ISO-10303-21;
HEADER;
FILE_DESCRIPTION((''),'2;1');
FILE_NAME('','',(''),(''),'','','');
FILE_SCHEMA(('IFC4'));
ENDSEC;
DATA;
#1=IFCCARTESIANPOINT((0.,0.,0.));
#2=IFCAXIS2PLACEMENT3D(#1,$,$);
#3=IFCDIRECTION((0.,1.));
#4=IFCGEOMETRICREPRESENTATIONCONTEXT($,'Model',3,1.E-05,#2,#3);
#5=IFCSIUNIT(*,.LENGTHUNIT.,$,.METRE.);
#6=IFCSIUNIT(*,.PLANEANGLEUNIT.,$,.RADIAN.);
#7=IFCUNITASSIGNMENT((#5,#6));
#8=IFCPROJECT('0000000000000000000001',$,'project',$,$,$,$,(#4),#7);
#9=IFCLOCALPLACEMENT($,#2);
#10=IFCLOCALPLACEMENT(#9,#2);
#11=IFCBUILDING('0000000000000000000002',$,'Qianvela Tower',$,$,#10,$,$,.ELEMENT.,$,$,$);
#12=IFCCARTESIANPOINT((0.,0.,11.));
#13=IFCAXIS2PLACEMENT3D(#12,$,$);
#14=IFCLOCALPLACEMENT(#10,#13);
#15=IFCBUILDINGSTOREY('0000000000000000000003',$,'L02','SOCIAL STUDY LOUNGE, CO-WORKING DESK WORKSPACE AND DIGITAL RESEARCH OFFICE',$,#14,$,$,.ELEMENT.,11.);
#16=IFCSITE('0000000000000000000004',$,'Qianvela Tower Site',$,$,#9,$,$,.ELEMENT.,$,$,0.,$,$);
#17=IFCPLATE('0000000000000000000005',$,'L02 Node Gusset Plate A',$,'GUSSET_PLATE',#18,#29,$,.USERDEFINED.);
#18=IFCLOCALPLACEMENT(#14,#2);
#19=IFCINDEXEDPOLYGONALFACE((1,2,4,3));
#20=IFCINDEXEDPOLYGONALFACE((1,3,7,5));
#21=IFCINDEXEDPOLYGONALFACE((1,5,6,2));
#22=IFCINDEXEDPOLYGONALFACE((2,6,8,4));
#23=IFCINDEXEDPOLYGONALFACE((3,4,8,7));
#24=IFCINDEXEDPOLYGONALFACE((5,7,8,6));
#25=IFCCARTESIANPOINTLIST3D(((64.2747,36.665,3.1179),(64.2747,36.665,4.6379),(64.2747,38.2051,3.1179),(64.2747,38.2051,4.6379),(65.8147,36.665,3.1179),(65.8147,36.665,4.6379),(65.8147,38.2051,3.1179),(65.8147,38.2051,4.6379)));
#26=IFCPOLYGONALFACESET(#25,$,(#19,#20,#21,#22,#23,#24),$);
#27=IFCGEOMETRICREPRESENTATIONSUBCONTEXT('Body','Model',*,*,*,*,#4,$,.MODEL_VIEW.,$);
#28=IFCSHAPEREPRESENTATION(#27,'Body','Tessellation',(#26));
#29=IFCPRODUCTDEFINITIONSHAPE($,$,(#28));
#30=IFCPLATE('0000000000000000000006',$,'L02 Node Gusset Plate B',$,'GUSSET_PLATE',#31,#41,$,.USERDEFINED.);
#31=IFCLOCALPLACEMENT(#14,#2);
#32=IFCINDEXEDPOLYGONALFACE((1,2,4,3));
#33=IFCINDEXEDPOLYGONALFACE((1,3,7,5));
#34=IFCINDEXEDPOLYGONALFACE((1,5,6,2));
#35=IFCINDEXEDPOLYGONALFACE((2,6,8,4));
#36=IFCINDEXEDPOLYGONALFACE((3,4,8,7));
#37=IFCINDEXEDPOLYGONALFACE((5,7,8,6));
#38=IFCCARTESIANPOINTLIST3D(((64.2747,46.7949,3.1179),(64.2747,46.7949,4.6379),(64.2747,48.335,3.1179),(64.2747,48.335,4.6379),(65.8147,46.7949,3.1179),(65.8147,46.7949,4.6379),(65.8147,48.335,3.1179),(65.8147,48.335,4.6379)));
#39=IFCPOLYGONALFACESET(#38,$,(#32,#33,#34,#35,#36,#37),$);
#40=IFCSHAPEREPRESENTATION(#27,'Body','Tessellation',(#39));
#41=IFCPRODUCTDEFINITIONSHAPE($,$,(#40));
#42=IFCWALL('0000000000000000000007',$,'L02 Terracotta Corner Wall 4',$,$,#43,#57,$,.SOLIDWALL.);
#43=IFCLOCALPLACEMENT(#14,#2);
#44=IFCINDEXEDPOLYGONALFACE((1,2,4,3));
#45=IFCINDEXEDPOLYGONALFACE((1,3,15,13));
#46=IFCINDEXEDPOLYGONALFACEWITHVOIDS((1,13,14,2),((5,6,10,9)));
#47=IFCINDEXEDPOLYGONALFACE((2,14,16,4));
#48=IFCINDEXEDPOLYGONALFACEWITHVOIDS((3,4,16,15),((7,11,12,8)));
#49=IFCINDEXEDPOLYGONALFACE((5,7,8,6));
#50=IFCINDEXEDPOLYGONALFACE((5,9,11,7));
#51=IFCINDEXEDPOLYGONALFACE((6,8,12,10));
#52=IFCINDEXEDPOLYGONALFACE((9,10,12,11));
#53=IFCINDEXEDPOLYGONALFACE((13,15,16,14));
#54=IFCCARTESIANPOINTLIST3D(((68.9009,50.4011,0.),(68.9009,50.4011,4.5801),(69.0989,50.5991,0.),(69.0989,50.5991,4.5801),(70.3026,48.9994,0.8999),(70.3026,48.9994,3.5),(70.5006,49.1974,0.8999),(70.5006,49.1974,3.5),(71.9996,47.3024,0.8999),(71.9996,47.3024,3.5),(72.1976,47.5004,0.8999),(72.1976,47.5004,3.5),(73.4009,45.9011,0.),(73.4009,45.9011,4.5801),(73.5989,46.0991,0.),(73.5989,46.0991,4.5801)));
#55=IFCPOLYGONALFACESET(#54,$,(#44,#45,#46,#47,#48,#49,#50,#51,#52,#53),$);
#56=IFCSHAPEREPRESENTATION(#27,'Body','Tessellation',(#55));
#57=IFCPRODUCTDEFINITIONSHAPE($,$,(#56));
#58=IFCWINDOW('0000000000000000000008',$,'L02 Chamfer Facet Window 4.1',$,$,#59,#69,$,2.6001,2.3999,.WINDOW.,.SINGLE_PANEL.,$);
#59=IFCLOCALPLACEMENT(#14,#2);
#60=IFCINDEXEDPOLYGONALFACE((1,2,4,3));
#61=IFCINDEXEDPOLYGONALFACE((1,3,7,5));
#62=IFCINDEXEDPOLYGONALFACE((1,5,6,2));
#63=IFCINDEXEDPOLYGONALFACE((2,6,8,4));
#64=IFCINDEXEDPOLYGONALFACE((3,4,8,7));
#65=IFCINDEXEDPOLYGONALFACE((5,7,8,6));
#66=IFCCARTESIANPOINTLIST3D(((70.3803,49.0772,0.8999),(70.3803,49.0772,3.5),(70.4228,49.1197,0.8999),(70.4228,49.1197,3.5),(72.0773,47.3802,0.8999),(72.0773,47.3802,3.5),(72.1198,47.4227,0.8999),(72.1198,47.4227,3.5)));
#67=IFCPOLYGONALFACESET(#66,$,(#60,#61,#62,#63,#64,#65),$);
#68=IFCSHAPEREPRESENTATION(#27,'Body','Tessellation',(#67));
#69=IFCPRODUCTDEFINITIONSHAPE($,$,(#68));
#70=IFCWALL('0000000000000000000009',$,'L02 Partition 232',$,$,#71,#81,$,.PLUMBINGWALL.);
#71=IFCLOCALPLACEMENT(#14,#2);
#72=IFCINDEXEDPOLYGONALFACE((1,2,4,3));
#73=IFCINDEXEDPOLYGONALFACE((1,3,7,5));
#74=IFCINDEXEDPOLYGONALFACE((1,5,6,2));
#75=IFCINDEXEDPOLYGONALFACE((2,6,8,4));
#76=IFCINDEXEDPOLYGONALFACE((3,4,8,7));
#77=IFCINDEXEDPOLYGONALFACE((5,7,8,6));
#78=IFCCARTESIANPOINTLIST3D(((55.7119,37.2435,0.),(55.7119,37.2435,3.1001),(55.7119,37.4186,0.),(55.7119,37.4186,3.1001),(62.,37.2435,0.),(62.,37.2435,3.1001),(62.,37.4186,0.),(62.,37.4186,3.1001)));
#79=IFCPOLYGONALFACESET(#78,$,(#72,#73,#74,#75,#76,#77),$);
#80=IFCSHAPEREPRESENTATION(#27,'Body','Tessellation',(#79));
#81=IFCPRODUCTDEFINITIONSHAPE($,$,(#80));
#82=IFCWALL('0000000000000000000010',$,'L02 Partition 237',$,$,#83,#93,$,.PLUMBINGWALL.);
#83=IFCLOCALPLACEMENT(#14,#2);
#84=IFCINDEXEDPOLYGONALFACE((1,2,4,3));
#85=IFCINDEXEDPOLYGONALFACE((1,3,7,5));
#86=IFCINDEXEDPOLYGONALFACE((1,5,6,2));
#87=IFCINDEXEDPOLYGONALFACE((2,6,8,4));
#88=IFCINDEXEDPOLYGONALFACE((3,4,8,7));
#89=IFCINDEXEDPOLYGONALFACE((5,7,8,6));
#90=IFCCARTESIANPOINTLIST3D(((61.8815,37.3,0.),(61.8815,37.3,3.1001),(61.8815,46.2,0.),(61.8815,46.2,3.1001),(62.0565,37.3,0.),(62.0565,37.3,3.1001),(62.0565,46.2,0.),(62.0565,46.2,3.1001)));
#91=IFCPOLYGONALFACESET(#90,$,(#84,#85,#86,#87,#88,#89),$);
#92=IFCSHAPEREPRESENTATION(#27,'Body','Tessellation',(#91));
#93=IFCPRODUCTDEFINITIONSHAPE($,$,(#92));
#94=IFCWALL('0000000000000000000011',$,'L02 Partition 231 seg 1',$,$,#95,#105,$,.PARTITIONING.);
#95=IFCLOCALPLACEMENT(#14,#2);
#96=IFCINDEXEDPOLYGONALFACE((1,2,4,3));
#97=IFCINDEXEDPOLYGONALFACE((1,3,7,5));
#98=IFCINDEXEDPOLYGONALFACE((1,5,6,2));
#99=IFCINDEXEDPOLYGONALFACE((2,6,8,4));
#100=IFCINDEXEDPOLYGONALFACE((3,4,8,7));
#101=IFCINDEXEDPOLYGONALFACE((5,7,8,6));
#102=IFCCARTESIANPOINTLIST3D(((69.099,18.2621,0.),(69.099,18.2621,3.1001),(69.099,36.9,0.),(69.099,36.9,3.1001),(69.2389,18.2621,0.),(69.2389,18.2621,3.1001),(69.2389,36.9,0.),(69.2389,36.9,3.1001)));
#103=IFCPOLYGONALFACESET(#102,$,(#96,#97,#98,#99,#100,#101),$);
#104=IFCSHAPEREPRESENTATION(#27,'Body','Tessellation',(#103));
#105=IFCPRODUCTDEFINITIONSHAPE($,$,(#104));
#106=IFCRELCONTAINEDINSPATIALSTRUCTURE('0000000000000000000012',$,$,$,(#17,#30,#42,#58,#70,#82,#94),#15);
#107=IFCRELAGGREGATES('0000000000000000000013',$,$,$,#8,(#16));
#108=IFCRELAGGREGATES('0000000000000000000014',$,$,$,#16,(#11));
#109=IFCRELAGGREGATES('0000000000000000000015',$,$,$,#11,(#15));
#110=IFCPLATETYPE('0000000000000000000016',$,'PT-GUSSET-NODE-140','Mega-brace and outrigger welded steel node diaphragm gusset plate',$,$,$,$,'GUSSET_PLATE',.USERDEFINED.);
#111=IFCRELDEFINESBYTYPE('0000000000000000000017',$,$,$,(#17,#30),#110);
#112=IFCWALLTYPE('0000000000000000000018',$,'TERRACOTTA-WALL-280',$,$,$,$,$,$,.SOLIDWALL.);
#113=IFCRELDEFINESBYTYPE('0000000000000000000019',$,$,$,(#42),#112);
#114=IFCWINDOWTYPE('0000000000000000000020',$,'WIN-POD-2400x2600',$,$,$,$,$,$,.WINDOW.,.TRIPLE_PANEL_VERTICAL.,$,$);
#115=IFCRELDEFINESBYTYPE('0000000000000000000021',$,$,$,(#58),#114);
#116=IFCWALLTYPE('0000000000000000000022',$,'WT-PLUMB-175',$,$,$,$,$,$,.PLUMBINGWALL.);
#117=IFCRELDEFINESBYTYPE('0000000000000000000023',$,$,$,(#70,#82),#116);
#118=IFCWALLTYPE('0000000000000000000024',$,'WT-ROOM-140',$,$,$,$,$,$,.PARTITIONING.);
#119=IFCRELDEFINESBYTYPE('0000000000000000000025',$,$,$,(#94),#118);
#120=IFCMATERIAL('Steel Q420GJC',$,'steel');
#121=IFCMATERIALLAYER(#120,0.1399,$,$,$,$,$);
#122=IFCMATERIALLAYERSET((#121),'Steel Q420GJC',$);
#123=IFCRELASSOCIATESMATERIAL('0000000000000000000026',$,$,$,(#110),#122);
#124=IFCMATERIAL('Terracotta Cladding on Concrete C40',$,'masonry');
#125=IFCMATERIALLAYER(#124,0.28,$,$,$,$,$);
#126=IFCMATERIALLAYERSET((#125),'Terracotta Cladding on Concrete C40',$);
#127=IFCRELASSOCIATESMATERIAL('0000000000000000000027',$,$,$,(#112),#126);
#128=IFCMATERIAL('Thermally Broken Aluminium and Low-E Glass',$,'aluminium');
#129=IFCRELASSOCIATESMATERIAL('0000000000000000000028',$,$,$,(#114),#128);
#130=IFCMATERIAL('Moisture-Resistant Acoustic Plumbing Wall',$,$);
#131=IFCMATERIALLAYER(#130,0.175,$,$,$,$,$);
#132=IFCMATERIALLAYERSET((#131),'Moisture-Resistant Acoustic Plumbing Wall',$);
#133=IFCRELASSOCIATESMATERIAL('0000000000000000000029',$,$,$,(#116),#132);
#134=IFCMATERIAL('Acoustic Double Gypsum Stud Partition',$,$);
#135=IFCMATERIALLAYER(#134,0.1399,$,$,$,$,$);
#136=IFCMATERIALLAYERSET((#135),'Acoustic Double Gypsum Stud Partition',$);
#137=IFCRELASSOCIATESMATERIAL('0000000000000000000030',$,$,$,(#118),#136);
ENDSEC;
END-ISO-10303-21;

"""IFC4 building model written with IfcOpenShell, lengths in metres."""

from ifc_helpers import new_model, si_unit, direction, frame, frame_2d, origin, origin_2d, place, context, subcontext, project, spatial, rectangle, extrude, material, layer, layer_set, type_object, element, fill, save


model = new_model("IFC4")

# Units and contexts
model_context = context("Model", 3, precision=1e-05, world=origin(), true_north=direction((0.0, 1.0)))
body_context = subcontext(model_context, "Body", "Model", "MODEL_VIEW")
ifc_project = project(units=[si_unit("LENGTHUNIT", "METRE"), si_unit("PLANEANGLEUNIT", "RADIAN")], contexts=[model_context])

# Site, building, storey
site_placement = place(None, origin())
site = spatial("IfcSite", under=ifc_project, at=site_placement, Name="Qianvela Tower Site", CompositionType="ELEMENT", RefElevation=0.0)
building_placement = place(site_placement, origin())
building = spatial("IfcBuilding", under=site, at=building_placement, Name="Qianvela Tower", CompositionType="ELEMENT")
storey_placement = place(building_placement, frame((0.0, 0.0, 11.0)))
storey = spatial("IfcBuildingStorey", under=building, at=storey_placement, Name="L02", Description="SOCIAL STUDY LOUNGE, CO-WORKING DESK WORKSPACE AND DIGITAL RESEARCH OFFICE", CompositionType="ELEMENT", Elevation=11.0)

# Plates
ifc_material_1 = material(Name="Steel Q420GJC", Category="steel")
ifc_layer_1 = layer(ifc_material_1, 0.1399)
ifc_layer_set_1 = layer_set([ifc_layer_1], Name="Steel Q420GJC")
plate_type_1 = type_object("IfcPlateType", Name="PT-GUSSET-NODE-140", Description="Mega-brace and outrigger welded steel node diaphragm gusset plate", ElementType="GUSSET_PLATE", PredefinedType="USERDEFINED", material=ifc_layer_set_1)
for number, where, z_axis, x_axis, name in (
    (1, (65.0447, 37.4351, 3.1179), (0.0, 0.0, 1.0), (1.0, 0.0, 0.0), "L02 Node Gusset Plate A"),
    (2, (65.0447, 47.5649, 3.1179), (0.0, 0.0, 1.0), (1.0, 0.0, 0.0), "L02 Node Gusset Plate B"),
):
    element("IfcPlate", number, at=place(storey_placement, frame(where, z_axis=z_axis, x_axis=x_axis)), inside=storey, type_object=plate_type_1, Name=name, ObjectType="GUSSET_PLATE", PredefinedType="USERDEFINED", context=body_context, shape_type="SweptSolid", body=[
        extrude(rectangle(XDim=1.54, YDim=1.54, at=origin_2d()), origin(), (0.0, 0.0, 1.0), 1.52),
    ])

# Wall, opening, window
ifc_material_2 = material(Name="Terracotta Cladding on Concrete C40", Category="masonry")
ifc_layer_2 = layer(ifc_material_2, 0.28)
ifc_layer_set_2 = layer_set([ifc_layer_2], Name="Terracotta Cladding on Concrete C40")
wall_type_1 = type_object("IfcWallType", Name="TERRACOTTA-WALL-280", PredefinedType="SOLIDWALL", material=ifc_layer_set_2)
wall_1_placement = place(storey_placement, frame((73.5, 46.0, 0.0), z_axis=(0.0, 0.0, 1.0), x_axis=(-0.707107, 0.707107, 0.0)))
wall_1 = element("IfcWall", 3, at=wall_1_placement, inside=storey, type_object=wall_type_1, Name="L02 Terracotta Corner Wall 4", PredefinedType="SOLIDWALL", context=body_context, shape_type="SweptSolid", body=[
    extrude(rectangle(XDim=6.364, YDim=0.28, at=frame_2d((3.1821, 0.0))), origin(), (0.0, 0.0, 1.0), 4.5801),
])
opening_placement = place(wall_1_placement, frame((1.9819, 0.0, 0.8999)))
opening = element("IfcOpeningElement", 4, at=opening_placement, cuts=wall_1, PredefinedType="OPENING", context=body_context, shape_type="SweptSolid", body=[
    extrude(rectangle(XDim=2.3999, YDim=2.6001, at=frame_2d((1.2, 1.3))), frame((0.0, 0.1499, 0.0), z_axis=(0.0, -1.0, 0.0), x_axis=(1.0, 0.0, 0.0)), (0.0, 0.0, 1.0), 0.3),
])
ifc_material_3 = material(Name="Thermally Broken Aluminium and Low-E Glass", Category="aluminium")
window_type = type_object("IfcWindowType", Name="WIN-POD-2400x2600", PartitioningType="TRIPLE_PANEL_VERTICAL", PredefinedType="WINDOW", material=ifc_material_3)
window_placement = place(opening_placement, origin())
window = element("IfcWindow", 5, at=window_placement, inside=storey, type_object=window_type, Name="L02 Chamfer Facet Window 4.1", OverallHeight=2.6001, OverallWidth=2.3999, PartitioningType="SINGLE_PANEL", PredefinedType="WINDOW", context=body_context, shape_type="SweptSolid", body=[
    extrude(rectangle(XDim=2.3999, YDim=2.6001, at=frame_2d((1.2, 1.3))), frame((0.0, 0.03, 0.0), z_axis=(0.0, -1.0, 0.0), x_axis=(1.0, 0.0, 0.0)), (0.0, 0.0, 1.0), 0.0601),
])
fill(opening, window)

# Walls
ifc_material_4 = material(Name="Moisture-Resistant Acoustic Plumbing Wall")
ifc_layer_3 = layer(ifc_material_4, 0.175)
ifc_layer_set_3 = layer_set([ifc_layer_3], Name="Moisture-Resistant Acoustic Plumbing Wall")
wall_type_2 = type_object("IfcWallType", Name="WT-PLUMB-175", PredefinedType="PLUMBINGWALL", material=ifc_layer_set_3)
wall_2_placement = place(storey_placement, frame((62.0, 37.3311, 0.0), z_axis=(0.0, 0.0, 1.0), x_axis=(-1.0, 0.0, 0.0)))
element("IfcWall", 6, at=wall_2_placement, inside=storey, type_object=wall_type_2, Name="L02 Partition 232", PredefinedType="PLUMBINGWALL", context=body_context, shape_type="SweptSolid", body=[
    extrude(rectangle(XDim=6.2881, YDim=0.175, at=frame_2d((3.144, 0.0))), origin(), (0.0, 0.0, 1.0), 3.1001),
])
wall_3_placement = place(storey_placement, frame((61.969, 46.2, 0.0), z_axis=(0.0, 0.0, 1.0), x_axis=(0.0, -1.0, 0.0)))
element("IfcWall", 7, at=wall_3_placement, inside=storey, type_object=wall_type_2, Name="L02 Partition 237", PredefinedType="PLUMBINGWALL", context=body_context, shape_type="SweptSolid", body=[
    extrude(rectangle(XDim=8.8999, YDim=0.175, at=frame_2d((4.45, 0.0))), origin(), (0.0, 0.0, 1.0), 3.1001),
])
ifc_material_5 = material(Name="Acoustic Double Gypsum Stud Partition")
ifc_layer_4 = layer(ifc_material_5, 0.1399)
ifc_layer_set_4 = layer_set([ifc_layer_4], Name="Acoustic Double Gypsum Stud Partition")
wall_type_3 = type_object("IfcWallType", Name="WT-ROOM-140", PredefinedType="PARTITIONING", material=ifc_layer_set_4)
wall_4_placement = place(storey_placement, frame((69.1689, 36.8999, 0.0), z_axis=(0.0, 0.0, 1.0), x_axis=(0.0, -1.0, 0.0)))
element("IfcWall", 8, at=wall_4_placement, inside=storey, type_object=wall_type_3, Name="L02 Partition 231 seg 1", PredefinedType="PARTITIONING", context=body_context, shape_type="SweptSolid", body=[
    extrude(rectangle(XDim=18.6379, YDim=0.1399, at=frame_2d((9.3188, 0.0))), origin(), (0.0, 0.0, 1.0), 3.1001),
])

save(model, "model.ifc")
